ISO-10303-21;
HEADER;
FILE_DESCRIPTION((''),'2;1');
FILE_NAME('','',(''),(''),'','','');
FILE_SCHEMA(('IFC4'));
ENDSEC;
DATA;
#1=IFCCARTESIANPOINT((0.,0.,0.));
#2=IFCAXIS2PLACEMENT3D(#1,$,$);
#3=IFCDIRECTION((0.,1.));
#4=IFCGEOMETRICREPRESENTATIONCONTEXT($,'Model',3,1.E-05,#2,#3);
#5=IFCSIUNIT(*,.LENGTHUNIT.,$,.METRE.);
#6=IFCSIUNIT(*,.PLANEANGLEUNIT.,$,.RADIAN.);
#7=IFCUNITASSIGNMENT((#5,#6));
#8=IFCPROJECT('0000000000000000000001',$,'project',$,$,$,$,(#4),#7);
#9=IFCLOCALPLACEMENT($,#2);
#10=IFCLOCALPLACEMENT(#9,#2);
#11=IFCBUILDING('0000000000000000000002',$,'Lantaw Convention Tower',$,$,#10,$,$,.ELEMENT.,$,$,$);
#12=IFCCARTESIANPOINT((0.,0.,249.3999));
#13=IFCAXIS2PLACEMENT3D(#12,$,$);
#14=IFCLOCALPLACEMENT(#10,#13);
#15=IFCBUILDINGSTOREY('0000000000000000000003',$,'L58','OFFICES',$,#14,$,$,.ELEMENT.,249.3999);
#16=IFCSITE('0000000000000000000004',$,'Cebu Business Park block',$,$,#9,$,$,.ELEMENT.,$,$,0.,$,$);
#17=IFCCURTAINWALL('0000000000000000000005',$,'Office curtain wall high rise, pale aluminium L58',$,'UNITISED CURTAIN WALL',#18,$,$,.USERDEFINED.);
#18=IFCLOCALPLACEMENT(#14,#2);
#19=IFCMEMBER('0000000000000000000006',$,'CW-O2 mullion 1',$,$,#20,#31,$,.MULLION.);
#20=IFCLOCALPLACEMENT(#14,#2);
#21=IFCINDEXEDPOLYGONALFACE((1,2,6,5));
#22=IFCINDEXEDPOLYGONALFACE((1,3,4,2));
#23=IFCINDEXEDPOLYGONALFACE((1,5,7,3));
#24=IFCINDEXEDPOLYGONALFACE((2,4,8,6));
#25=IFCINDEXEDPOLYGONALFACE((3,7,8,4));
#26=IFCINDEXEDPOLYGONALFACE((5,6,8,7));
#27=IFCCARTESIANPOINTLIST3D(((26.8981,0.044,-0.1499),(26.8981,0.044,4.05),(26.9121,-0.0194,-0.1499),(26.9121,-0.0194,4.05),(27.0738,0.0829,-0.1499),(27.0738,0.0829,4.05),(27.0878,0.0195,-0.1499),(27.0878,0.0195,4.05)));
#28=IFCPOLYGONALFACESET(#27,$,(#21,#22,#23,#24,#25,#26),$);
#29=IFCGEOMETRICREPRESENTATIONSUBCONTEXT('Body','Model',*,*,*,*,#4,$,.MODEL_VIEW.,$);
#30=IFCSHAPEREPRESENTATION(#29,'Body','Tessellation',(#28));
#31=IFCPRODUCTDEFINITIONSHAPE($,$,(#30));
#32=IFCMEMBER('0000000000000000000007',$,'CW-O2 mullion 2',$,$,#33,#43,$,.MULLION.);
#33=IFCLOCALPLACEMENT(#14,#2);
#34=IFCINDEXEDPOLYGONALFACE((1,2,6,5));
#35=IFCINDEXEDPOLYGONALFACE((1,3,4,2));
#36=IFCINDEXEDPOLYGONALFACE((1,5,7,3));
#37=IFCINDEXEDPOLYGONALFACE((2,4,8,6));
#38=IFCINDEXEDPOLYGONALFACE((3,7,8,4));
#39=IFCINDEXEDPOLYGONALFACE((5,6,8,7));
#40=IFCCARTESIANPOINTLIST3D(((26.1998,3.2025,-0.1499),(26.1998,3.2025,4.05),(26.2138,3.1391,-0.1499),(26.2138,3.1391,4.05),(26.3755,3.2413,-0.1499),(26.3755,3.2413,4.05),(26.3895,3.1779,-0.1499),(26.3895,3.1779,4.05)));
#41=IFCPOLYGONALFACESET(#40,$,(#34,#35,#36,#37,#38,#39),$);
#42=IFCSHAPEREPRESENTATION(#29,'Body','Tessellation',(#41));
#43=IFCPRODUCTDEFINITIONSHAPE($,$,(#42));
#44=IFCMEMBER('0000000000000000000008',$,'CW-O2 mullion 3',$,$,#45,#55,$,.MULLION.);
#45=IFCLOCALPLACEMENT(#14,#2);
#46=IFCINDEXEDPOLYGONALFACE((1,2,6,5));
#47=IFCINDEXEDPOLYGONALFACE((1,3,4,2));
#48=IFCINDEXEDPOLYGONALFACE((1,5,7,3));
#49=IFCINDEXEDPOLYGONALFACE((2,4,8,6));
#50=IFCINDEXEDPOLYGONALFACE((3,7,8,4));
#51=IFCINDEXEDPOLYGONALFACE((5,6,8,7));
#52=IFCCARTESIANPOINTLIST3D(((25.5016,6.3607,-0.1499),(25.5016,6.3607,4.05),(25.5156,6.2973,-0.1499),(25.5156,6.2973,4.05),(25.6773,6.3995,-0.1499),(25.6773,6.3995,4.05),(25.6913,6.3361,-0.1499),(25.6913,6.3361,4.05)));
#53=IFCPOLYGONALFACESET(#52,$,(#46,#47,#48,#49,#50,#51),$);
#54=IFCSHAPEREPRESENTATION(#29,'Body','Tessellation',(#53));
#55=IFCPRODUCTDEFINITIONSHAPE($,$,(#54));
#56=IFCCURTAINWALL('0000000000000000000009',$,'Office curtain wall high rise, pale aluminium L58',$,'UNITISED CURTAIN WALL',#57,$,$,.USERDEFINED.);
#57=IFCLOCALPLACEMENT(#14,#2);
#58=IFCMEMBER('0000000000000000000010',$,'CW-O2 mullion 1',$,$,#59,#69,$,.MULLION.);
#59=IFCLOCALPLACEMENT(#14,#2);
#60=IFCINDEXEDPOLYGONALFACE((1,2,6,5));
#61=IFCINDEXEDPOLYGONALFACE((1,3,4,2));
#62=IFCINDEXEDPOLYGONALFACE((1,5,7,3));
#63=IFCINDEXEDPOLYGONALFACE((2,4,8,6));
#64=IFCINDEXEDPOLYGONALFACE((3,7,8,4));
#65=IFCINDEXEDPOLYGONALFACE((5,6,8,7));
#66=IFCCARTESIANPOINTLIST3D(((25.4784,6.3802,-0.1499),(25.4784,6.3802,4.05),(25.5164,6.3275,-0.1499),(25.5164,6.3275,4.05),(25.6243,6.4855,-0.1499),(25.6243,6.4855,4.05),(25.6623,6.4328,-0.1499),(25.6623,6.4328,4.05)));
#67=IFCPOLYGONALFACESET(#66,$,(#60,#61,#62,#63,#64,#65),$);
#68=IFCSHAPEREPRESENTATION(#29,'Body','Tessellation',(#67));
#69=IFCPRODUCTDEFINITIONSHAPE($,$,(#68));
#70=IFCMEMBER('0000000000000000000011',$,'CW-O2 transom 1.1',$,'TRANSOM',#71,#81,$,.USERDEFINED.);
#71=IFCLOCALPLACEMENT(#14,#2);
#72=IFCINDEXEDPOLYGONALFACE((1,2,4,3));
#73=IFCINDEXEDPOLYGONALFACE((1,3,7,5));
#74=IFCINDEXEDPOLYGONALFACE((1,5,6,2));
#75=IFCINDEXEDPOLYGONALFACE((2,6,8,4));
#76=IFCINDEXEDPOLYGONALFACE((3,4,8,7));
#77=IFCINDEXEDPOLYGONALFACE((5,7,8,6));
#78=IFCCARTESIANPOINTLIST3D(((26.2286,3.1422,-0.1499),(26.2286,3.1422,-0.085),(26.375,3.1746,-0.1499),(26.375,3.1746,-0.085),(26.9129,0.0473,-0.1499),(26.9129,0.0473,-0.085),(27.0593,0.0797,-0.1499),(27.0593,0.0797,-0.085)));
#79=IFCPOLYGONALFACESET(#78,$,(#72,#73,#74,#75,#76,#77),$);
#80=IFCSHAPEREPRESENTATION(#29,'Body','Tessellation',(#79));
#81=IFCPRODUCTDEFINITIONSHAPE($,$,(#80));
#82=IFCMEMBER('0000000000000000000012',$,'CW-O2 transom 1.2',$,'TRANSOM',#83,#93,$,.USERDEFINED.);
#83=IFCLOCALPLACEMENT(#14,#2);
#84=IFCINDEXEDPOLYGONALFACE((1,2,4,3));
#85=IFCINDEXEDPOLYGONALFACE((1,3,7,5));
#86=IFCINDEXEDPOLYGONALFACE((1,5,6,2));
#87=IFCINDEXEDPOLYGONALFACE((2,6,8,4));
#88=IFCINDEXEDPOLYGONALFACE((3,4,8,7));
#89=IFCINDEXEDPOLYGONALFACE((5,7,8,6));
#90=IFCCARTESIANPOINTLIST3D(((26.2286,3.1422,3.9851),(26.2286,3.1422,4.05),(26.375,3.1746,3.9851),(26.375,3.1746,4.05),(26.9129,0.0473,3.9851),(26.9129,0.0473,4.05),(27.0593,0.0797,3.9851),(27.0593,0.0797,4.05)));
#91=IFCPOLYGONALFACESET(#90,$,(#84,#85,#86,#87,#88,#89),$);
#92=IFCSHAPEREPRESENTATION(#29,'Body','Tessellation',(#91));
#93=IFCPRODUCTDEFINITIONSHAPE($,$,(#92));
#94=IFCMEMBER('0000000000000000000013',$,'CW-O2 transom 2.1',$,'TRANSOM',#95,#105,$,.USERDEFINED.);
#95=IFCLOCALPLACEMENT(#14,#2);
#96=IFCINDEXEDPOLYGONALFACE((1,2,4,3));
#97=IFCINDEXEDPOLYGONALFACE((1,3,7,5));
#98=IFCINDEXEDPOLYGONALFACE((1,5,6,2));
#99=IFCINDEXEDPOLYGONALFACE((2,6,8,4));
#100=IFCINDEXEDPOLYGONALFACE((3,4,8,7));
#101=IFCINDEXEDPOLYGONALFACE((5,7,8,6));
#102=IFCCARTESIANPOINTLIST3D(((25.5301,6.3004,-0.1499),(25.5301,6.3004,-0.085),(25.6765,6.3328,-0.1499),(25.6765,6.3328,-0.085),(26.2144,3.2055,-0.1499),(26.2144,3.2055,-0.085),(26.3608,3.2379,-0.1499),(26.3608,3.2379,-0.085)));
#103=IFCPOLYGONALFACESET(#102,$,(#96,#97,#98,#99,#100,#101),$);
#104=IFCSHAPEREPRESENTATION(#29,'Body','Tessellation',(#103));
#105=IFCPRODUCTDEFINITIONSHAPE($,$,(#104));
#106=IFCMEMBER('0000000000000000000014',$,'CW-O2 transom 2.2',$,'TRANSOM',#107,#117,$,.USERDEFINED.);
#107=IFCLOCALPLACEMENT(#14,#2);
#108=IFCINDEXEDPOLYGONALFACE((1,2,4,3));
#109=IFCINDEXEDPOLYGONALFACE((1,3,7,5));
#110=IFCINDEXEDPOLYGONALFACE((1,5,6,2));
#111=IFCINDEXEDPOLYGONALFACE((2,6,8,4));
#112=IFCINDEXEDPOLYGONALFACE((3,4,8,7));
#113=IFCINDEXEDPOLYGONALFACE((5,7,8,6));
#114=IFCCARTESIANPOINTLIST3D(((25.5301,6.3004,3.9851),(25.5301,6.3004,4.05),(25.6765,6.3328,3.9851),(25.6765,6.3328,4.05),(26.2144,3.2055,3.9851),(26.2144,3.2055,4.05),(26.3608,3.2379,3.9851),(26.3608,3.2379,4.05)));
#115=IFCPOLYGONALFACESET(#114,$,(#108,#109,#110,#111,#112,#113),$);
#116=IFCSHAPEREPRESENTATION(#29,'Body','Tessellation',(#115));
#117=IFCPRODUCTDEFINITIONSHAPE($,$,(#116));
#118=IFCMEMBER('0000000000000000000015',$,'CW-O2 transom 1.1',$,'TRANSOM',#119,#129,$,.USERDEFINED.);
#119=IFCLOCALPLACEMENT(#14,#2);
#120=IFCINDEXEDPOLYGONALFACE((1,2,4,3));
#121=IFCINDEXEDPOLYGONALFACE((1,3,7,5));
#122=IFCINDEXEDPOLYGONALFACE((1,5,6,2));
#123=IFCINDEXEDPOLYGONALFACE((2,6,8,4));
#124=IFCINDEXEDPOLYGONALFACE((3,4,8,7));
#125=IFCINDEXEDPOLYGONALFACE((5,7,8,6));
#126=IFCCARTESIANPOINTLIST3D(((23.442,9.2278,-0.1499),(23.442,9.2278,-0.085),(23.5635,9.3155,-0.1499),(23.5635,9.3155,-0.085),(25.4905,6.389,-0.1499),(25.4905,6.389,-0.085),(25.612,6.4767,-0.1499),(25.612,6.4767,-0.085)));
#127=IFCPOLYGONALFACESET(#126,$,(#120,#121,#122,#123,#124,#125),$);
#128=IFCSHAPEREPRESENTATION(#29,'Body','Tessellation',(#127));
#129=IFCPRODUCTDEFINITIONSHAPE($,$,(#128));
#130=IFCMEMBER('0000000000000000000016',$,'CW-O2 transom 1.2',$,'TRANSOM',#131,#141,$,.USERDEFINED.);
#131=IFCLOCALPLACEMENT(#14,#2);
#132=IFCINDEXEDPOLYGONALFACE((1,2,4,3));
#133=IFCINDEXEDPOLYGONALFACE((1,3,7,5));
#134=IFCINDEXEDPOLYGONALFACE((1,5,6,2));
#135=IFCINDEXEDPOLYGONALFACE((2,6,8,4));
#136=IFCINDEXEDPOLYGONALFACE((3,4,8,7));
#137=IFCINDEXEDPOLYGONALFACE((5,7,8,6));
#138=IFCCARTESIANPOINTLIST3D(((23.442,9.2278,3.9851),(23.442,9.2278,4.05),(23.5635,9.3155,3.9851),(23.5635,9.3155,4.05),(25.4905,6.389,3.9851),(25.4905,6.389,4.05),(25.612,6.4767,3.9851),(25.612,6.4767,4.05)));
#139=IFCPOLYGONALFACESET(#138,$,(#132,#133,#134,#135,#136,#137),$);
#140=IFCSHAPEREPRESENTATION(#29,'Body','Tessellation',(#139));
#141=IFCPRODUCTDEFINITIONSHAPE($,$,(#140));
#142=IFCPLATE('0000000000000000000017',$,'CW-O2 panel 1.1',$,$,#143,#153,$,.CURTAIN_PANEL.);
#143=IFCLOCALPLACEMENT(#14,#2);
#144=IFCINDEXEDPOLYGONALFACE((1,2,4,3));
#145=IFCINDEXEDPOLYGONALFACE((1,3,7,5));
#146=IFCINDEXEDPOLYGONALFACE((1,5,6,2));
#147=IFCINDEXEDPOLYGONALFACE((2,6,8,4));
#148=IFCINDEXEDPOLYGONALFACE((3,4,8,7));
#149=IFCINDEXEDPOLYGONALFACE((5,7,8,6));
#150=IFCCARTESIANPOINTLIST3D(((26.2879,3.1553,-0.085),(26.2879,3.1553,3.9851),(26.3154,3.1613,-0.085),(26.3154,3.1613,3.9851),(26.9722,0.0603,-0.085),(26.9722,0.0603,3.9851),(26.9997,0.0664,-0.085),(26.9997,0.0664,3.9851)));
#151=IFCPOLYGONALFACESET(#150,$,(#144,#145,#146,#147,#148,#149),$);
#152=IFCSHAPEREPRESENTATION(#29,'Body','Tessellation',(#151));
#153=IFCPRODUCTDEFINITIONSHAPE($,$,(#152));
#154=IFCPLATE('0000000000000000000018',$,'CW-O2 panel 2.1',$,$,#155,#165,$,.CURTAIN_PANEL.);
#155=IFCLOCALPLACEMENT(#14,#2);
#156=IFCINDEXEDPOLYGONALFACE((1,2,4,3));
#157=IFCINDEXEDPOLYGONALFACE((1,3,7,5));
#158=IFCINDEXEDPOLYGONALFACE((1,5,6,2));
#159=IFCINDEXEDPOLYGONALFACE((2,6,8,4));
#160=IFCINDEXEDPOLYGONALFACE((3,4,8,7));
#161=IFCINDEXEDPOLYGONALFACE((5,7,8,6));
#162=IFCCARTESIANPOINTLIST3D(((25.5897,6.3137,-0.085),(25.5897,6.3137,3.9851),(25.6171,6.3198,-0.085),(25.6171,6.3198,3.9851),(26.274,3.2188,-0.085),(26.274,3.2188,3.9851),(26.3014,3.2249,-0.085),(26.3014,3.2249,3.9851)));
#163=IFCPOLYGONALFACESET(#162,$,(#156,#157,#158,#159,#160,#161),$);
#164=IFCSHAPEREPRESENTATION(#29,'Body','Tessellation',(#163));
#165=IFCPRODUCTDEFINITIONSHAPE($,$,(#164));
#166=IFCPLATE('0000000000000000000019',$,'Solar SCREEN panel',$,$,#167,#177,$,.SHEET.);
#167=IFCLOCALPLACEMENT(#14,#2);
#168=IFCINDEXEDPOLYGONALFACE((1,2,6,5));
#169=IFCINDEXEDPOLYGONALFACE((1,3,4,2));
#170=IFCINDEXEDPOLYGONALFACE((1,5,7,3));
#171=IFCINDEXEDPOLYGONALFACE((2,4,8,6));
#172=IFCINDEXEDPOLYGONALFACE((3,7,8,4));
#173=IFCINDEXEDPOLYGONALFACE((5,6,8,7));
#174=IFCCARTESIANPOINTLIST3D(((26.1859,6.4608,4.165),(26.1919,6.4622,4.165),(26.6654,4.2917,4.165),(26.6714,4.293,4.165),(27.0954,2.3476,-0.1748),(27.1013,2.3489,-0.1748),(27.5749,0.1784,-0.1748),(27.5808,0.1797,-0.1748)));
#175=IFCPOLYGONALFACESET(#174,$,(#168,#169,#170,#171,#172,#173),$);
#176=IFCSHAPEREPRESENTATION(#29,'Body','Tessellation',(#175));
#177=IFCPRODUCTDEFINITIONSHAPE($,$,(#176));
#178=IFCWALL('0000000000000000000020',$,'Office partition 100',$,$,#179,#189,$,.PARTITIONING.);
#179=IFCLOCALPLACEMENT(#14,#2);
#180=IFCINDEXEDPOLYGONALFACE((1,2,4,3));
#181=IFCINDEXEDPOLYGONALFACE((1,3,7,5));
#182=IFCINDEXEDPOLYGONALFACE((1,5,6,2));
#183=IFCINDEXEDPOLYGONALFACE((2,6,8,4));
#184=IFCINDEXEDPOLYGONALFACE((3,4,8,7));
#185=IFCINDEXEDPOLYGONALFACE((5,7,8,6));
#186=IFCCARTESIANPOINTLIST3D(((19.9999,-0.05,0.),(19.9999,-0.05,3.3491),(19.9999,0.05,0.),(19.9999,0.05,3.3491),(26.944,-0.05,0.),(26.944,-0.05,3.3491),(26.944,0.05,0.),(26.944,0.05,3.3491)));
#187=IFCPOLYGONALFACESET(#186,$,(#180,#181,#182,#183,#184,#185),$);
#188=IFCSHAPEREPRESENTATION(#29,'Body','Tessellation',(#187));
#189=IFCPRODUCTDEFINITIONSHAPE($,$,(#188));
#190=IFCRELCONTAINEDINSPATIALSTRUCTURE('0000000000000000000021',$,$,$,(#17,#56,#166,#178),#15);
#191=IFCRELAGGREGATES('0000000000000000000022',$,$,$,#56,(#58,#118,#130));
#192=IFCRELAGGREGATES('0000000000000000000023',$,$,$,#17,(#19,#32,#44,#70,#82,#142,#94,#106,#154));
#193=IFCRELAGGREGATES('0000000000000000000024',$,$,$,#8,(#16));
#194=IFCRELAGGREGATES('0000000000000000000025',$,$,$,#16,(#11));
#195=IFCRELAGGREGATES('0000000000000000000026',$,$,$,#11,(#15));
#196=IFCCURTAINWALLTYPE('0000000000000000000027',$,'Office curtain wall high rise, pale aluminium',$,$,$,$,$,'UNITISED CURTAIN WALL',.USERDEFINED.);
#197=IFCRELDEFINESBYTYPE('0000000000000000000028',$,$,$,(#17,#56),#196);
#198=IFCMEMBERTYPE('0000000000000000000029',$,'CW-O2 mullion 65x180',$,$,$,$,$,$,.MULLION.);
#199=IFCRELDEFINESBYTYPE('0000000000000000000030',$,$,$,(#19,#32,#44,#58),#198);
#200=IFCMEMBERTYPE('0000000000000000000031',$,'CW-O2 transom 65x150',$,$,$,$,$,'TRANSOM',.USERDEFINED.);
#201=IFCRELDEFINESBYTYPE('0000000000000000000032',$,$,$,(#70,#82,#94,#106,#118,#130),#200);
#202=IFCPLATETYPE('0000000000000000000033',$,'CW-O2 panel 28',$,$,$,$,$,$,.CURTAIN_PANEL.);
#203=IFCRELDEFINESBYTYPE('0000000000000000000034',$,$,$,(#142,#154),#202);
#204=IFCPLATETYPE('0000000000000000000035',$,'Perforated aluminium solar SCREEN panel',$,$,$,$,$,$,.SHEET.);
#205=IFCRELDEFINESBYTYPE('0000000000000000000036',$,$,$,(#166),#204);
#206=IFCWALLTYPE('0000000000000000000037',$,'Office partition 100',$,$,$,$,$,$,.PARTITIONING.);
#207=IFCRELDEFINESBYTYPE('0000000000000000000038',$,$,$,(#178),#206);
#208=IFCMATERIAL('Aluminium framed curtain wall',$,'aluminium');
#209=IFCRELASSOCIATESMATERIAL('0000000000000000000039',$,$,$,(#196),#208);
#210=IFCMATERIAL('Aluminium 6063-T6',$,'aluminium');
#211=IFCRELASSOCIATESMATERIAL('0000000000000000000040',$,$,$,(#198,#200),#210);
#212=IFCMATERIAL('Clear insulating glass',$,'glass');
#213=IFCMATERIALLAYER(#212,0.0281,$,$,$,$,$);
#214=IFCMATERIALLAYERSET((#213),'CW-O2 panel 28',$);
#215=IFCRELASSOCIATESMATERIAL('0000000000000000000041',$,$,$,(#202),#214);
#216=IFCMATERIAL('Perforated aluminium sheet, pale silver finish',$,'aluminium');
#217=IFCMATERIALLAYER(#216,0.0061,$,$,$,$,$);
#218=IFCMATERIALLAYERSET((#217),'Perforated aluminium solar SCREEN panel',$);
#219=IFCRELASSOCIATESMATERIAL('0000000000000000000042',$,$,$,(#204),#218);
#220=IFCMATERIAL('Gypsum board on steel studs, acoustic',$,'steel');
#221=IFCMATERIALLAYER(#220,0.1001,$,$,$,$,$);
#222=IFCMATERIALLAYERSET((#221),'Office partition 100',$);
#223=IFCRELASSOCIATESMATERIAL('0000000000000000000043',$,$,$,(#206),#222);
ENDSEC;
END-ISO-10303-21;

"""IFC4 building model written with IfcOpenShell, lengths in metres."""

from ifc_helpers import new_model, si_unit, direction, frame, frame_2d, origin, origin_2d, place, context, subcontext, project, spatial, polyline, rectangle, outline, extrude, material, layer, layer_set, material_profile, profile_set, type_object, element, aggregate, save


model = new_model("IFC4")

# Units and contexts
model_context = context("Model", 3, precision=1e-05, world=origin(), true_north=direction((0.0, 1.0)))
body_context = subcontext(model_context, "Body", "Model", "MODEL_VIEW")
ifc_project = project(units=[si_unit("LENGTHUNIT", "METRE"), si_unit("PLANEANGLEUNIT", "RADIAN")], contexts=[model_context])

# Site, building, storey
site_placement = place(None, origin())
site = spatial("IfcSite", under=ifc_project, at=site_placement, Name="Cebu Business Park block", CompositionType="ELEMENT", RefElevation=0.0)
building_placement = place(site_placement, origin())
building = spatial("IfcBuilding", under=site, at=building_placement, Name="Lantaw Convention Tower", CompositionType="ELEMENT")
storey_placement = place(building_placement, frame((0.0, 0.0, 249.3999)))
storey = spatial("IfcBuildingStorey", under=building, at=storey_placement, Name="L58", Description="OFFICES", CompositionType="ELEMENT", Elevation=249.3999)

# Curtain wall, members
ifc_material_1 = material(Name="Aluminium framed curtain wall", Category="aluminium")
curtain_wall_type = type_object("IfcCurtainWallType", Name="Office curtain wall high rise, pale aluminium", ElementType="UNITISED CURTAIN WALL", PredefinedType="USERDEFINED", material=ifc_material_1)
curtain_wall_1_placement = place(storey_placement, origin())
curtain_wall_1 = element("IfcCurtainWall", 1, at=curtain_wall_1_placement, inside=storey, type_object=curtain_wall_type, Name="Office curtain wall high rise, pale aluminium L58", ObjectType="UNITISED CURTAIN WALL", PredefinedType="USERDEFINED")
ifc_material_2 = material(Name="Aluminium 6063-T6", Category="aluminium")
ifc_material_profile_1 = material_profile(ifc_material_2, rectangle(XDim=0.1799, YDim=0.0649, at=origin_2d()), Name="CW-O2 mullion 65x180")
ifc_profile_set_1 = profile_set([ifc_material_profile_1], Name="Aluminium 6063-T6")
member_type_1 = type_object("IfcMemberType", Name="CW-O2 mullion 65x180", PredefinedType="MULLION", material=ifc_profile_set_1)
member_1_placement = place(storey_placement, frame((26.9929, 0.0317, -0.1499), z_axis=(0.0, 0.0, 1.0), x_axis=(-0.976417, -0.215891, 0.0)))
member_1 = element("IfcMember", 2, at=member_1_placement, type_object=member_type_1, Name="CW-O2 mullion 1", PredefinedType="MULLION", context=body_context, shape_type="SweptSolid", body=[
    extrude(rectangle(XDim=0.1799, YDim=0.0649, at=origin_2d()), origin(), (0.0, 0.0, 1.0), 4.2),
])
member_2_placement = place(storey_placement, frame((26.2947, 3.1902, -0.1499), z_axis=(0.0, 0.0, 1.0), x_axis=(-0.976417, -0.215891, 0.0)))
member_2 = element("IfcMember", 3, at=member_2_placement, type_object=member_type_1, Name="CW-O2 mullion 2", PredefinedType="MULLION", context=body_context, shape_type="SweptSolid", body=[
    extrude(rectangle(XDim=0.1799, YDim=0.0649, at=origin_2d()), origin(), (0.0, 0.0, 1.0), 4.2),
])
member_3_placement = place(storey_placement, frame((25.5964, 6.3484, -0.1499), z_axis=(0.0, 0.0, 1.0), x_axis=(-0.976417, -0.215891, 0.0)))
member_3 = element("IfcMember", 4, at=member_3_placement, type_object=member_type_1, Name="CW-O2 mullion 3", PredefinedType="MULLION", context=body_context, shape_type="SweptSolid", body=[
    extrude(rectangle(XDim=0.1799, YDim=0.0649, at=origin_2d()), origin(), (0.0, 0.0, 1.0), 4.2),
])

# Curtain wall, member
curtain_wall_2_placement = place(storey_placement, origin())
curtain_wall_2 = element("IfcCurtainWall", 5, at=curtain_wall_2_placement, inside=storey, type_object=curtain_wall_type, Name="Office curtain wall high rise, pale aluminium L58", ObjectType="UNITISED CURTAIN WALL", PredefinedType="USERDEFINED")
member_4_placement = place(storey_placement, frame((25.5703, 6.4065, -0.1499), z_axis=(0.0, 0.0, 1.0), x_axis=(-0.81092, -0.585158, 0.0)))
member_4 = element("IfcMember", 6, at=member_4_placement, type_object=member_type_1, Name="CW-O2 mullion 1", PredefinedType="MULLION", context=body_context, shape_type="SweptSolid", body=[
    extrude(rectangle(XDim=0.1799, YDim=0.0649, at=origin_2d()), origin(), (0.0, 0.0, 1.0), 4.2),
])

# Members
ifc_material_profile_2 = material_profile(ifc_material_2, rectangle(XDim=0.1499, YDim=0.0649, at=origin_2d()), Name="CW-O2 transom 65x150")
ifc_profile_set_2 = profile_set([ifc_material_profile_2], Name="Aluminium 6063-T6")
member_type_2 = type_object("IfcMemberType", Name="CW-O2 transom 65x150", ElementType="TRANSOM", PredefinedType="USERDEFINED", material=ifc_profile_set_2)
member_5_placement = place(storey_placement, frame((26.9861, 0.0635, -0.1174), z_axis=(-0.215895, 0.976417, 0.0), x_axis=(-0.976417, -0.215895, 0.0)))
member_5 = element("IfcMember", 7, at=member_5_placement, type_object=member_type_2, Name="CW-O2 transom 1.1", ObjectType="TRANSOM", PredefinedType="USERDEFINED", context=body_context, shape_type="SweptSolid", body=[
    extrude(rectangle(XDim=0.1499, YDim=0.0649, at=origin_2d()), origin(), (0.0, 0.0, 1.0), 3.1697),
])
member_6_placement = place(storey_placement, frame((26.9861, 0.0635, 4.0176), z_axis=(-0.215895, 0.976417, 0.0), x_axis=(-0.976417, -0.215895, 0.0)))
member_6 = element("IfcMember", 8, at=member_6_placement, type_object=member_type_2, Name="CW-O2 transom 1.2", ObjectType="TRANSOM", PredefinedType="USERDEFINED", context=body_context, shape_type="SweptSolid", body=[
    extrude(rectangle(XDim=0.1499, YDim=0.0649, at=origin_2d()), origin(), (0.0, 0.0, 1.0), 3.1697),
])
member_7_placement = place(storey_placement, frame((26.2876, 3.2217, -0.1174), z_axis=(-0.215895, 0.976417, 0.0), x_axis=(-0.976417, -0.215895, 0.0)))
member_7 = element("IfcMember", 9, at=member_7_placement, type_object=member_type_2, Name="CW-O2 transom 2.1", ObjectType="TRANSOM", PredefinedType="USERDEFINED", context=body_context, shape_type="SweptSolid", body=[
    extrude(rectangle(XDim=0.1499, YDim=0.0649, at=origin_2d()), origin(), (0.0, 0.0, 1.0), 3.1697),
])
member_8_placement = place(storey_placement, frame((26.2876, 3.2217, 4.0176), z_axis=(-0.215895, 0.976417, 0.0), x_axis=(-0.976417, -0.215895, 0.0)))
member_8 = element("IfcMember", 10, at=member_8_placement, type_object=member_type_2, Name="CW-O2 transom 2.2", ObjectType="TRANSOM", PredefinedType="USERDEFINED", context=body_context, shape_type="SweptSolid", body=[
    extrude(rectangle(XDim=0.1499, YDim=0.0649, at=origin_2d()), origin(), (0.0, 0.0, 1.0), 3.1697),
])
member_9_placement = place(storey_placement, frame((25.5513, 6.4329, -0.1174), z_axis=(-0.58517, 0.810911, 0.0), x_axis=(-0.810911, -0.58517, 0.0)))
member_9 = element("IfcMember", 11, at=member_9_placement, type_object=member_type_2, Name="CW-O2 transom 1.1", ObjectType="TRANSOM", PredefinedType="USERDEFINED", context=body_context, shape_type="SweptSolid", body=[
    extrude(rectangle(XDim=0.1499, YDim=0.0649, at=origin_2d()), origin(), (0.0, 0.0, 1.0), 3.5007),
])
member_10_placement = place(storey_placement, frame((25.5513, 6.4329, 4.0176), z_axis=(-0.58517, 0.810911, 0.0), x_axis=(-0.810911, -0.58517, 0.0)))
member_10 = element("IfcMember", 12, at=member_10_placement, type_object=member_type_2, Name="CW-O2 transom 1.2", ObjectType="TRANSOM", PredefinedType="USERDEFINED", context=body_context, shape_type="SweptSolid", body=[
    extrude(rectangle(XDim=0.1499, YDim=0.0649, at=origin_2d()), origin(), (0.0, 0.0, 1.0), 3.5007),
])
aggregate(curtain_wall_2, [member_4, member_9, member_10])

# Plates
ifc_material_3 = material(Name="Clear insulating glass", Category="glass")
ifc_layer_1 = layer(ifc_material_3, 0.0281)
ifc_layer_set_1 = layer_set([ifc_layer_1], Name="CW-O2 panel 28")
plate_type_1 = type_object("IfcPlateType", Name="CW-O2 panel 28", PredefinedType="CURTAIN_PANEL", material=ifc_layer_set_1)
plate_1_placement = place(storey_placement, frame((26.6438, 1.6108, -0.085), z_axis=(0.0, 0.0, 1.0), x_axis=(-0.215891, 0.976417, 0.0)))
plate_1 = element("IfcPlate", 13, at=plate_1_placement, type_object=plate_type_1, Name="CW-O2 panel 1.1", PredefinedType="CURTAIN_PANEL", context=body_context, shape_type="SweptSolid", body=[
    extrude(rectangle(XDim=3.1697, YDim=0.0281, at=origin_2d()), origin(), (0.0, 0.0, 1.0), 4.0701),
])
plate_2_placement = place(storey_placement, frame((25.9456, 4.7693, -0.085), z_axis=(0.0, 0.0, 1.0), x_axis=(-0.215891, 0.976417, 0.0)))
plate_2 = element("IfcPlate", 14, at=plate_2_placement, type_object=plate_type_1, Name="CW-O2 panel 2.1", PredefinedType="CURTAIN_PANEL", context=body_context, shape_type="SweptSolid", body=[
    extrude(rectangle(XDim=3.1697, YDim=0.0281, at=origin_2d()), origin(), (0.0, 0.0, 1.0), 4.0701),
])
aggregate(curtain_wall_1, [member_1, member_2, member_3, member_5, member_6, plate_1, member_7, member_8, plate_2])
ifc_material_4 = material(Name="Perforated aluminium sheet, pale silver finish", Category="aluminium")
ifc_layer_2 = layer(ifc_material_4, 0.0061)
ifc_layer_set_2 = layer_set([ifc_layer_2], Name="Perforated aluminium solar SCREEN panel")
plate_type_2 = type_object("IfcPlateType", Name="Perforated aluminium solar SCREEN panel", PredefinedType="SHEET", material=ifc_layer_set_2)
plate_3_placement = place(storey_placement, frame((27.5808, 0.1797, -0.1748), z_axis=(0.97643, 0.215837, 0.000044), x_axis=(-0.215837, 0.97643, 0.0)))
element("IfcPlate", 15, at=plate_3_placement, inside=storey, type_object=plate_type_2, Name="Solar SCREEN panel", PredefinedType="SHEET", context=body_context, shape_type="SweptSolid", body=[
    extrude(outline(polyline([(0.0, 0.0), (2.2216, 0.0), (6.4342, 4.3398), (4.2126, 4.3398), (0.0, 0.0)])), origin(), (0.0, 0.0, -1.0), 0.0061),
])

# Wall
ifc_material_5 = material(Name="Gypsum board on steel studs, acoustic", Category="steel")
ifc_layer_3 = layer(ifc_material_5, 0.1001)
ifc_layer_set_3 = layer_set([ifc_layer_3], Name="Office partition 100")
wall_type = type_object("IfcWallType", Name="Office partition 100", PredefinedType="PARTITIONING", material=ifc_layer_set_3)
wall_placement = place(storey_placement, frame((26.9441, 0.0, 0.0), z_axis=(0.0, 0.0, 1.0), x_axis=(-1.0, 0.0, 0.0)))
element("IfcWall", 16, at=wall_placement, inside=storey, type_object=wall_type, Name="Office partition 100", PredefinedType="PARTITIONING", context=body_context, shape_type="SweptSolid", body=[
    extrude(rectangle(XDim=6.9441, YDim=0.1001, at=frame_2d((3.4722, 0.0))), origin(), (0.0, 0.0, 1.0), 3.3491),
])

save(model, "model.ifc")
